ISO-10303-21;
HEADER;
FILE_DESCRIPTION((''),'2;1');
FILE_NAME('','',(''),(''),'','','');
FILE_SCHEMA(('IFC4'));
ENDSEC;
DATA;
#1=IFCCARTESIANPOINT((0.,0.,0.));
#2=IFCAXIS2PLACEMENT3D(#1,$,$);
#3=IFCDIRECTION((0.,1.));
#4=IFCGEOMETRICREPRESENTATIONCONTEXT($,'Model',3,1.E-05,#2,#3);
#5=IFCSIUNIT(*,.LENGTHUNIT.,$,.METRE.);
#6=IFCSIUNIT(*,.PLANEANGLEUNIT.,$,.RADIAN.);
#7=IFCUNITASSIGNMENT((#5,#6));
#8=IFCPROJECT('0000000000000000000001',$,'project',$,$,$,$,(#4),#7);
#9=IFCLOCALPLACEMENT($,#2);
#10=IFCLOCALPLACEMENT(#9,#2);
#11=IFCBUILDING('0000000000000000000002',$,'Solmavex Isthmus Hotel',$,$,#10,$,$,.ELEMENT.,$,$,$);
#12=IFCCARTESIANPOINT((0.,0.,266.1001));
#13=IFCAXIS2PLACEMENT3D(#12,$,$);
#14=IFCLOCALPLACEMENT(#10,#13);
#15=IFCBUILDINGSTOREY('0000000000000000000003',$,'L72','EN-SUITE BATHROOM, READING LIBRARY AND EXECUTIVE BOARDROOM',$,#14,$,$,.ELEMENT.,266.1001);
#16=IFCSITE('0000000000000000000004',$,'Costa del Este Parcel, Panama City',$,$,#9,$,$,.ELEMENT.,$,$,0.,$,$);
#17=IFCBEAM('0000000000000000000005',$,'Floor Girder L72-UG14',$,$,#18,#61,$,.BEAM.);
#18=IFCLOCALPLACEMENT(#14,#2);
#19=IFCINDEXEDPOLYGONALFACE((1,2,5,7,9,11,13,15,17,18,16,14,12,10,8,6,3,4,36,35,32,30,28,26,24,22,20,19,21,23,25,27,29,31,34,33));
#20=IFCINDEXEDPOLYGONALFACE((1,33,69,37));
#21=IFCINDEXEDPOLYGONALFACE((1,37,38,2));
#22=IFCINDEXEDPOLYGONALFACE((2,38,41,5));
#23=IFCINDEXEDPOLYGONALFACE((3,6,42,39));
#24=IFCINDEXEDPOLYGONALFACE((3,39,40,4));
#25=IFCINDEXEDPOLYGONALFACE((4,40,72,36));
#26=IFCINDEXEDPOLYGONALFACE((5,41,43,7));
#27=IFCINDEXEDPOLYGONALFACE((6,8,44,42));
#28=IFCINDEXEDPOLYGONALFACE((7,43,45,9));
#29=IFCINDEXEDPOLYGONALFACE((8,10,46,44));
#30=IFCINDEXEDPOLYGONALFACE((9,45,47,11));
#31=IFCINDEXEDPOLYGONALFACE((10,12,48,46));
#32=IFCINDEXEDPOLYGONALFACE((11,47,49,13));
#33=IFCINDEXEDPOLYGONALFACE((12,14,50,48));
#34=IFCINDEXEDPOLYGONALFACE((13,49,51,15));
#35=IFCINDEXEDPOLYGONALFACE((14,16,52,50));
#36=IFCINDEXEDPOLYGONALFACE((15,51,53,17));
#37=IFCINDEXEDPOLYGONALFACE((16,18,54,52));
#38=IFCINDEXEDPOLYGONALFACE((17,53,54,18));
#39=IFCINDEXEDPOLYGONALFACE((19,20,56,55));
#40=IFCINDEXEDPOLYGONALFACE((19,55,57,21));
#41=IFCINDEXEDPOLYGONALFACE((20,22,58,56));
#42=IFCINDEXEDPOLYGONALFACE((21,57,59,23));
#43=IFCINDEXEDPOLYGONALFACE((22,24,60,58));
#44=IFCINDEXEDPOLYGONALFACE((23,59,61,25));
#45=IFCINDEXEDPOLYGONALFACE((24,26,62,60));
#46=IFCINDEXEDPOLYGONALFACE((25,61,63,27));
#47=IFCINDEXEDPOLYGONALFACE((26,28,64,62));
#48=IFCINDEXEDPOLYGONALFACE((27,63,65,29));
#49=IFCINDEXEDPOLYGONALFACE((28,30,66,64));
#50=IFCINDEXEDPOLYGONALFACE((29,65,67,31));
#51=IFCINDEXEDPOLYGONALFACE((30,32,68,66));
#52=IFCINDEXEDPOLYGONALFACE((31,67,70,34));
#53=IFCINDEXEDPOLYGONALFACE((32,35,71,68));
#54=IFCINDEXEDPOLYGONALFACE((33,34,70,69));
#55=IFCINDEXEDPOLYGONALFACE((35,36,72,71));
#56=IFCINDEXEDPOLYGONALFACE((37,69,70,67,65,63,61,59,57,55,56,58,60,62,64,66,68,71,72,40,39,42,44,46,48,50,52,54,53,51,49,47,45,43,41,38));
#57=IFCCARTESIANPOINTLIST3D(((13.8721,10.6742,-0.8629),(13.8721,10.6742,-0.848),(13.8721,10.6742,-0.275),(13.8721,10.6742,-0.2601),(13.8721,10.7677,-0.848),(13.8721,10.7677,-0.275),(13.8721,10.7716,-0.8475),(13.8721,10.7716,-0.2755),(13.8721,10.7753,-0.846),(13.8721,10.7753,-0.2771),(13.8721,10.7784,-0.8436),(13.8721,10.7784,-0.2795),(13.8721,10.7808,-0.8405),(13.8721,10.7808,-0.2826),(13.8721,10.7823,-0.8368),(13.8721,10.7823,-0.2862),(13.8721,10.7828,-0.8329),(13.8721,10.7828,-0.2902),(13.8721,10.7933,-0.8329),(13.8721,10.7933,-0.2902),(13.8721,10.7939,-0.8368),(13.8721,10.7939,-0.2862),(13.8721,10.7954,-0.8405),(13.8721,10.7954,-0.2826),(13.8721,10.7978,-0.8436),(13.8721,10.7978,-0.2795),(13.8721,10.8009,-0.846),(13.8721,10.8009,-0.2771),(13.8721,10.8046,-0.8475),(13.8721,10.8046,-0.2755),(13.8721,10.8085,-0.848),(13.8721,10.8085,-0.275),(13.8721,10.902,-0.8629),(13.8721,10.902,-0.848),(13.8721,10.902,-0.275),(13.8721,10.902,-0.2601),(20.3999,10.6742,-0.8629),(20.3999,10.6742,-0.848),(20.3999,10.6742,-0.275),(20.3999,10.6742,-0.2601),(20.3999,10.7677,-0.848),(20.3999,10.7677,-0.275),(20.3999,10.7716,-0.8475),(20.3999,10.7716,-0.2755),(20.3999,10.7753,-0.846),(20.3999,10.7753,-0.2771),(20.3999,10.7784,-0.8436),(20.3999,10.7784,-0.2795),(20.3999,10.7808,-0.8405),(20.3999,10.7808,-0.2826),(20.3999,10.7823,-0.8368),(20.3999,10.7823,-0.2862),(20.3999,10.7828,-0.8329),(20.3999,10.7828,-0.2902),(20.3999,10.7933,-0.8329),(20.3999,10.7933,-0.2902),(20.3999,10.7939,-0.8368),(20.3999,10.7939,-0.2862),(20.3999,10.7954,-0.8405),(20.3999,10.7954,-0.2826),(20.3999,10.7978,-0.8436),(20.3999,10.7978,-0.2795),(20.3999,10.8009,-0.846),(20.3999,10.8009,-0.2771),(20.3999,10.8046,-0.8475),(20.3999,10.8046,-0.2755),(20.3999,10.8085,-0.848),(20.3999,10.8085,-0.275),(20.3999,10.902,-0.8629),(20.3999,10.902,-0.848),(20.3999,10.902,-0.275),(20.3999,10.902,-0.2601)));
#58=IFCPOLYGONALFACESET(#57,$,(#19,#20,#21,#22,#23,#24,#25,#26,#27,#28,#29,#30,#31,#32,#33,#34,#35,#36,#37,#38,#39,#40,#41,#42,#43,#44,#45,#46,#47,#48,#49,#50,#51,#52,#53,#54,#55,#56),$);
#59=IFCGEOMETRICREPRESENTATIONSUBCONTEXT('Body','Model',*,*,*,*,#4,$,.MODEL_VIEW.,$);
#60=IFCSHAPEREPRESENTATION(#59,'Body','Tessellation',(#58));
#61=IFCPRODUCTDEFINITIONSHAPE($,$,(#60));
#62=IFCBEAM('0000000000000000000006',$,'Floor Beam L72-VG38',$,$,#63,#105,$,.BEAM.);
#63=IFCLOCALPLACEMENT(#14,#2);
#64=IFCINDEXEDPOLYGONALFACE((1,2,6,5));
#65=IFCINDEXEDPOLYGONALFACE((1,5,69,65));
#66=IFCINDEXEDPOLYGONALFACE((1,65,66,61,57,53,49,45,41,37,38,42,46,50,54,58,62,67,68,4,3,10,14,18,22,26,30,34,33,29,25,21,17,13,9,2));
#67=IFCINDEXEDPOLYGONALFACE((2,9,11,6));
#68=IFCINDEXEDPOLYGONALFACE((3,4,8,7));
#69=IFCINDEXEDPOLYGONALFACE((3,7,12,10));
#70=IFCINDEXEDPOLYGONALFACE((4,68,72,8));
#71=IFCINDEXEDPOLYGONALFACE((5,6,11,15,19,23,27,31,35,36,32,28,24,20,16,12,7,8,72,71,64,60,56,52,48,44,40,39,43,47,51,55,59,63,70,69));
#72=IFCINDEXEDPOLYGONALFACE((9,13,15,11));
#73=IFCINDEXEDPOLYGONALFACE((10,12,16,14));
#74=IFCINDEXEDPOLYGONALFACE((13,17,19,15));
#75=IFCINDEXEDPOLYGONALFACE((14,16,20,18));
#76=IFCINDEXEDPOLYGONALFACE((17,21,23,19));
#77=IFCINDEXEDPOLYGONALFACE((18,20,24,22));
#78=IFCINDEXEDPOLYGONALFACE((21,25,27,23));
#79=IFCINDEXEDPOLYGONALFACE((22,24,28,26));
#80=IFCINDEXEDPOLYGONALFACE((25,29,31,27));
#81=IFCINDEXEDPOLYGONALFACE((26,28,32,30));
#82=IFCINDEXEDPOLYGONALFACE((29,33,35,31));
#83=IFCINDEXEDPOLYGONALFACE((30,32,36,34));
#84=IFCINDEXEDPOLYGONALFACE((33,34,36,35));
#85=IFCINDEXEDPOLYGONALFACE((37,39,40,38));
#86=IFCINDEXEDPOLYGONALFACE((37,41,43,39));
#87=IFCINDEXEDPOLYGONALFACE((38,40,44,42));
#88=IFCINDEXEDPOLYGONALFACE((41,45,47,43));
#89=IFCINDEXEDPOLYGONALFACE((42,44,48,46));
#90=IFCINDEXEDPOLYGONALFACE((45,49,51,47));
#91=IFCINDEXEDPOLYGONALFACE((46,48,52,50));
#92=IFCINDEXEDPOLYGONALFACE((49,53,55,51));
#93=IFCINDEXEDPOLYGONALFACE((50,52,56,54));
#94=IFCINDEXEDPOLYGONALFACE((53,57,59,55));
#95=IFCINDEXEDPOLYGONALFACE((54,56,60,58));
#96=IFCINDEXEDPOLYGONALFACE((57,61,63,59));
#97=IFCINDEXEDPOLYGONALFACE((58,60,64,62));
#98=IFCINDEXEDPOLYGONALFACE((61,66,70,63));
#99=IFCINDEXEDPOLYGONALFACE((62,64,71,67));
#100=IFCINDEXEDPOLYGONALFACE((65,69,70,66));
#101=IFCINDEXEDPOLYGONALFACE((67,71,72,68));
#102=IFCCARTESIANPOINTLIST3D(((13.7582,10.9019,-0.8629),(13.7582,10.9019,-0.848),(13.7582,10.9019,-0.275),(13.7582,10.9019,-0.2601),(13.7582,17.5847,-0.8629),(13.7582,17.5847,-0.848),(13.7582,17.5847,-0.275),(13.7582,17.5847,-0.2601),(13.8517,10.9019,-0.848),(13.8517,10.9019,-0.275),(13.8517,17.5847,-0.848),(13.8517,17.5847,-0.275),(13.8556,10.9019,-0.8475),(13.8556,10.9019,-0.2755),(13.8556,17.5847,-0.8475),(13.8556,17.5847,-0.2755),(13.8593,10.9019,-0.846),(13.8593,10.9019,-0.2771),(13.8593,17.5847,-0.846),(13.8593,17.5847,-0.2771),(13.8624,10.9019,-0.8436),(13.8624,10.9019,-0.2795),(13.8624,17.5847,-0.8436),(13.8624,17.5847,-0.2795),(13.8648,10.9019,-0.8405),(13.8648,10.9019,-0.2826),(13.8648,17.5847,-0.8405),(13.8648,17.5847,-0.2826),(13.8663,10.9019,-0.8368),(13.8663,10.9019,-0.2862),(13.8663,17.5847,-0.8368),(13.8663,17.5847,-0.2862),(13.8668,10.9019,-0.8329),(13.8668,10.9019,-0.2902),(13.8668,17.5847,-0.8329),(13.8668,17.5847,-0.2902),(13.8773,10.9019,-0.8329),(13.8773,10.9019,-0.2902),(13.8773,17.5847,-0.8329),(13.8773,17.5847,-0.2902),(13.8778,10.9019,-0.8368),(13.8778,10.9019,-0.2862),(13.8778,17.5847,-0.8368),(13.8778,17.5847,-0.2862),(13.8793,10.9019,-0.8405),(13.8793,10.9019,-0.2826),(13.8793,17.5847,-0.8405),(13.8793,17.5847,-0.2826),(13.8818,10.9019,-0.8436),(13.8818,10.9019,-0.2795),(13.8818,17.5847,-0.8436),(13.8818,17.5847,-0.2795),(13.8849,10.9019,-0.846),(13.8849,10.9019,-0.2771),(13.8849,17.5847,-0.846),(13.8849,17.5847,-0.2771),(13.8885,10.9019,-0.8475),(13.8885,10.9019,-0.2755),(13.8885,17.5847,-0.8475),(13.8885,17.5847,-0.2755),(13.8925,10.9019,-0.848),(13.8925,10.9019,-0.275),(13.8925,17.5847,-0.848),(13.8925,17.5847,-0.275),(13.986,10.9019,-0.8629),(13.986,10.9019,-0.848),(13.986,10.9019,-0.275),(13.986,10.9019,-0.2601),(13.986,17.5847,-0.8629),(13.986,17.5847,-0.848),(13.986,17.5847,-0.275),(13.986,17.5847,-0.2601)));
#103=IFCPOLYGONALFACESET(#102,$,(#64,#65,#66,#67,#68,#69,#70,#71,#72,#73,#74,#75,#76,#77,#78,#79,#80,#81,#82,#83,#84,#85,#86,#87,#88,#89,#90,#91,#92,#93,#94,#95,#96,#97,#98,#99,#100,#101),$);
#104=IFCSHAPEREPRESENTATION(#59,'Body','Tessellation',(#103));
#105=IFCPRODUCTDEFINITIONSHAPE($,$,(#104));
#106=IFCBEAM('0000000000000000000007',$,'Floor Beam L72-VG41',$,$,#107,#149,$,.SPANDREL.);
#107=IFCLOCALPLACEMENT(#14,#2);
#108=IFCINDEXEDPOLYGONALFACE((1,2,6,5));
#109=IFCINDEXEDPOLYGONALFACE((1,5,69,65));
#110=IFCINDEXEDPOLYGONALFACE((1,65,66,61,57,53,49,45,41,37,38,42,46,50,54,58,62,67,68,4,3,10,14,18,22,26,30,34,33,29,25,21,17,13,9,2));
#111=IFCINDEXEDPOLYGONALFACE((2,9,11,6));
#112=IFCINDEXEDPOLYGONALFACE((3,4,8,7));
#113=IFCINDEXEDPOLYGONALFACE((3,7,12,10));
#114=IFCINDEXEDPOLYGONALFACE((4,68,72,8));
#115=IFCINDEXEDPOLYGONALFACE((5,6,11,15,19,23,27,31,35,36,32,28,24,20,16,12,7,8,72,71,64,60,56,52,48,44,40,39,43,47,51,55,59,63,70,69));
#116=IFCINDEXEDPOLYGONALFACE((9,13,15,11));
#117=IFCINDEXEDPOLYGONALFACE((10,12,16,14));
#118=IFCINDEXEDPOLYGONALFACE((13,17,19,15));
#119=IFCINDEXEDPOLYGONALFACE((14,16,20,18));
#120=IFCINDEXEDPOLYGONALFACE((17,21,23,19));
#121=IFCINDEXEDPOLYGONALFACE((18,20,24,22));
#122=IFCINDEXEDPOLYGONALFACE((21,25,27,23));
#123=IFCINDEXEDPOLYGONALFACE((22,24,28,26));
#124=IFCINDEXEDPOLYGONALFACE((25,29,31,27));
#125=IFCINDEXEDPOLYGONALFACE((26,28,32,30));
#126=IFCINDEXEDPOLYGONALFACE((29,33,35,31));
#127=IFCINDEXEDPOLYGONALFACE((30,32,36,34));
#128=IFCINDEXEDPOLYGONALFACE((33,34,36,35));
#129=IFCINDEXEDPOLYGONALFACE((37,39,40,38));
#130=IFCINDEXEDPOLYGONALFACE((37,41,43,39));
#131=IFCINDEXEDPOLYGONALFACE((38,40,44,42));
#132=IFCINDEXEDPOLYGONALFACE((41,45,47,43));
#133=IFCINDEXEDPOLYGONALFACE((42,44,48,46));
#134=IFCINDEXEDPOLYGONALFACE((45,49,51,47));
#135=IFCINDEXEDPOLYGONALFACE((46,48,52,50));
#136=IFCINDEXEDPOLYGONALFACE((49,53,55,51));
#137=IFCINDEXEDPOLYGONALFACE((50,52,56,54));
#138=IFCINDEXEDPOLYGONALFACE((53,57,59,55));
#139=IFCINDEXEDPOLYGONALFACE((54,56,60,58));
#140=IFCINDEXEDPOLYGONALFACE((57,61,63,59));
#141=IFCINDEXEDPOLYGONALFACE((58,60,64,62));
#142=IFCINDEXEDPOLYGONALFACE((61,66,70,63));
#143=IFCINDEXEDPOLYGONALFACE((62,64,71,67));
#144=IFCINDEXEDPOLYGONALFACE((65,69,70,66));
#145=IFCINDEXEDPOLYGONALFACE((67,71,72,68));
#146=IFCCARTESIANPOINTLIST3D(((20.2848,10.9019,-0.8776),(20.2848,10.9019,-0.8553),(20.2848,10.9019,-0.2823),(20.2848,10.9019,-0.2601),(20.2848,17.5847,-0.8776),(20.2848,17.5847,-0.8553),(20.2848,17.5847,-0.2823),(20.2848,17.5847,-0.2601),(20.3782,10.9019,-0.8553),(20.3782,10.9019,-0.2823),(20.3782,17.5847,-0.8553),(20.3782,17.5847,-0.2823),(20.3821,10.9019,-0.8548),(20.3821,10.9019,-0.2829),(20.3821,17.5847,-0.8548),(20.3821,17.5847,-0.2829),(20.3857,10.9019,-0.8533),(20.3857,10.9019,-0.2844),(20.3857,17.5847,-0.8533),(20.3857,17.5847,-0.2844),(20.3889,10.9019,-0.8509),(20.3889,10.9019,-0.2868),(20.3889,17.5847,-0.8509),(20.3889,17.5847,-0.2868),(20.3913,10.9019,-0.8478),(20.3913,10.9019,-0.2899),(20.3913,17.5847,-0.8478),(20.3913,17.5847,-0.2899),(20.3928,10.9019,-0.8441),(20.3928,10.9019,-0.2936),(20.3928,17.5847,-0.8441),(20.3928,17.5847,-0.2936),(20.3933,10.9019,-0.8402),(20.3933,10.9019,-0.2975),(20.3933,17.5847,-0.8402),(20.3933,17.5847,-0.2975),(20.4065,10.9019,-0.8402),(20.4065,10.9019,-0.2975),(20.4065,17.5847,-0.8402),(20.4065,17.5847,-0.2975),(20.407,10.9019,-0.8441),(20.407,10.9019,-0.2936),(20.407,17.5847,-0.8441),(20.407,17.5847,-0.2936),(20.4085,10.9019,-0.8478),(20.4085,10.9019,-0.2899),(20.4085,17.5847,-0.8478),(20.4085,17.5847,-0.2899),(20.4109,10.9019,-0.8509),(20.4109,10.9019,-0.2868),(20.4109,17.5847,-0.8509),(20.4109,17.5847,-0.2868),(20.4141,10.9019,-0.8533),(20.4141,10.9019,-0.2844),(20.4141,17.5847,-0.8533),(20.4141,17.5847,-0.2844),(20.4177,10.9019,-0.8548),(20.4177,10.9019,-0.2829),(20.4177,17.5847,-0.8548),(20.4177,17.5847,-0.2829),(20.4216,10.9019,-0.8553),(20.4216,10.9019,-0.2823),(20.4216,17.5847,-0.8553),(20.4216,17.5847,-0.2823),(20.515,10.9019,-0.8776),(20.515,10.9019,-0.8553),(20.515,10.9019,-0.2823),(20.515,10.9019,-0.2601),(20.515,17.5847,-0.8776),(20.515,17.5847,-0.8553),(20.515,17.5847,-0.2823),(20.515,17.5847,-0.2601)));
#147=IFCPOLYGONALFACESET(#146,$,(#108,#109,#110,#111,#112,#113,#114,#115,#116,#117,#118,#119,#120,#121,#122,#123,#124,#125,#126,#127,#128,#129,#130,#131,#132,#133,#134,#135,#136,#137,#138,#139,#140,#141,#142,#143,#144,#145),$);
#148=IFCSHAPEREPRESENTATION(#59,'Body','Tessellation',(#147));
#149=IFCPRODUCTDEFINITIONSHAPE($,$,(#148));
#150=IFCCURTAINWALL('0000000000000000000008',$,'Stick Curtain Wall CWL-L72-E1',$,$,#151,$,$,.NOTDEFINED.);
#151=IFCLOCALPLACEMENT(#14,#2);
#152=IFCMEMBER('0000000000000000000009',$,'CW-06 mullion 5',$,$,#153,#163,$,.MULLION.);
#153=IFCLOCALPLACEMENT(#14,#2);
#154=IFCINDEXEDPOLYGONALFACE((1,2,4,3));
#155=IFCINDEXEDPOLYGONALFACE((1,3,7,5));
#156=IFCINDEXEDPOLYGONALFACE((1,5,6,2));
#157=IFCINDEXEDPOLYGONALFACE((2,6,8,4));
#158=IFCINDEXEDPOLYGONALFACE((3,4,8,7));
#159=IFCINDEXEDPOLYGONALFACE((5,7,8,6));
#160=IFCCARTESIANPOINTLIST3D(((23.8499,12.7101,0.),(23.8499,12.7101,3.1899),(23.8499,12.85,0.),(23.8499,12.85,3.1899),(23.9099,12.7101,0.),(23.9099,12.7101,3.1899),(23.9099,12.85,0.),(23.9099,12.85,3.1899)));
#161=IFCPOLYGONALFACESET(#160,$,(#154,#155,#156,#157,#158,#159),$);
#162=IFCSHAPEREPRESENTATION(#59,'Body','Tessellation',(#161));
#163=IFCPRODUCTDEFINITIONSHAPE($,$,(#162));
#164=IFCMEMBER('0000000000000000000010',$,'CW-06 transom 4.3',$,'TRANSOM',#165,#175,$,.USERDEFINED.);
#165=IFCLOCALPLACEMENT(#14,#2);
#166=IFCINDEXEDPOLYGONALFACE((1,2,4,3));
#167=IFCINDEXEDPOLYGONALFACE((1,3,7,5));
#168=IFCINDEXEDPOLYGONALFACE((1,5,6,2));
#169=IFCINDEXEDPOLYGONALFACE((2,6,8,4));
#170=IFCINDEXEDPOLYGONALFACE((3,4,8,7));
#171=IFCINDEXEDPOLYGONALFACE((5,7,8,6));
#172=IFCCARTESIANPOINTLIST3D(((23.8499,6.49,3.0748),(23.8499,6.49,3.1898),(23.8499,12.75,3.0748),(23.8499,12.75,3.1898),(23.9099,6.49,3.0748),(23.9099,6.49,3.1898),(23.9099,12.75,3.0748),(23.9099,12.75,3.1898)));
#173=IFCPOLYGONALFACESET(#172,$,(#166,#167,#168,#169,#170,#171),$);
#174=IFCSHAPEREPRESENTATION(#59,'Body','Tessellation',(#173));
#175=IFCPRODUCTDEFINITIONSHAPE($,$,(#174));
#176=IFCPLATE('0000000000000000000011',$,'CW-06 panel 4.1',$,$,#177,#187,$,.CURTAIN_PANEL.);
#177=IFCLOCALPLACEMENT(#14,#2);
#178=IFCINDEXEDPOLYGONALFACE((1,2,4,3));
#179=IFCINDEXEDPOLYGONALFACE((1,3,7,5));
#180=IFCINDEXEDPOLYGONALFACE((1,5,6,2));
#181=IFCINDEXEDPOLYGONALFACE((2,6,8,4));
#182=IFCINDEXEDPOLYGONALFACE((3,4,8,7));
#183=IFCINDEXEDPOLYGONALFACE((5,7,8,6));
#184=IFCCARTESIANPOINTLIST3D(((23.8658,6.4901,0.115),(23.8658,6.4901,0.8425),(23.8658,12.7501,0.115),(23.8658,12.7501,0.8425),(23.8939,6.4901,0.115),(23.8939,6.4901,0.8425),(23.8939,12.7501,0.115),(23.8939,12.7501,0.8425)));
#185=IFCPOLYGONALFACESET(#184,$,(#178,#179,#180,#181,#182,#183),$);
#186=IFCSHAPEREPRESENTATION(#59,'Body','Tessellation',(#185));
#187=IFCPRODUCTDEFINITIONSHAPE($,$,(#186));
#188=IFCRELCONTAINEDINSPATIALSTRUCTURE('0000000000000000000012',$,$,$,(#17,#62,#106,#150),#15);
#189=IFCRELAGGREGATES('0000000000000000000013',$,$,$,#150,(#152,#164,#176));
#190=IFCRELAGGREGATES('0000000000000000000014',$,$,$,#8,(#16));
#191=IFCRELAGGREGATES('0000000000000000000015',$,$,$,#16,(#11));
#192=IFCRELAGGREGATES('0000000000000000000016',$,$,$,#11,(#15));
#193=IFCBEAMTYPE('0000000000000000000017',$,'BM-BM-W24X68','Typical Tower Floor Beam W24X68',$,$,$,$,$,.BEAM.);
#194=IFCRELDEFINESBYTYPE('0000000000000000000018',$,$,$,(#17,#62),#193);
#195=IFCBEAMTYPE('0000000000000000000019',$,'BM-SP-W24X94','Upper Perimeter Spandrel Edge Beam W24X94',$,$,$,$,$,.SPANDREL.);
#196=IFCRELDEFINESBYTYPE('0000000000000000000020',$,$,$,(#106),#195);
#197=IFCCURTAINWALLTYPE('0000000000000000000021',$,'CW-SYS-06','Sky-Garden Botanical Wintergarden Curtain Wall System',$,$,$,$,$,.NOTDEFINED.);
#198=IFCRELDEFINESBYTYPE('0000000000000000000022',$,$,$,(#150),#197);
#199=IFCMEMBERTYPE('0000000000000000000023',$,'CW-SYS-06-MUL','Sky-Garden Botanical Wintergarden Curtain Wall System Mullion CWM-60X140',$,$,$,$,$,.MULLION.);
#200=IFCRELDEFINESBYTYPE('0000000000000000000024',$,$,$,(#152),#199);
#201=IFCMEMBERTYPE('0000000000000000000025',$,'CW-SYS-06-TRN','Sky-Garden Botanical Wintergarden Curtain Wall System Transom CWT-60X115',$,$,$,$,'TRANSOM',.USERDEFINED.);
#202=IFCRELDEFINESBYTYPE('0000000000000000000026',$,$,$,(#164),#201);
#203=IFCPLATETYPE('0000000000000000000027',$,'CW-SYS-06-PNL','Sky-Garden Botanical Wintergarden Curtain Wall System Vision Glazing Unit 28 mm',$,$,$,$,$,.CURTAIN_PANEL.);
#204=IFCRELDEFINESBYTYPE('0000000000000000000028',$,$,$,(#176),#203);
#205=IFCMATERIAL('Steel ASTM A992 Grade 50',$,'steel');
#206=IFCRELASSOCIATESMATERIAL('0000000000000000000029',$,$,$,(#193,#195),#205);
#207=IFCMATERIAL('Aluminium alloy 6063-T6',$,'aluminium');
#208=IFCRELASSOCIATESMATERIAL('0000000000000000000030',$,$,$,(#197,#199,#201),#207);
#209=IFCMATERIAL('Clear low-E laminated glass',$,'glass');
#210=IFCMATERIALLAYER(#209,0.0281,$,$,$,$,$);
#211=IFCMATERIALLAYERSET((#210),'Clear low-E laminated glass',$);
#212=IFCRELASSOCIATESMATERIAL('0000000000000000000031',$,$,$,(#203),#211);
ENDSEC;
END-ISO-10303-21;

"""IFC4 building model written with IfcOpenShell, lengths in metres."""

from ifc_helpers import new_model, si_unit, direction, frame, origin, origin_2d, place, context, subcontext, project, spatial, rectangle, i_section, extrude, material, layer, layer_set, material_profile, profile_set, type_object, element, aggregate, save


model = new_model("IFC4")

# Units and contexts
model_context = context("Model", 3, precision=1e-05, world=origin(), true_north=direction((0.0, 1.0)))
body_context = subcontext(model_context, "Body", "Model", "MODEL_VIEW")
ifc_project = project(units=[si_unit("LENGTHUNIT", "METRE"), si_unit("PLANEANGLEUNIT", "RADIAN")], contexts=[model_context])

# Site, building, storey
site_placement = place(None, origin())
site = spatial("IfcSite", under=ifc_project, at=site_placement, Name="Costa del Este Parcel, Panama City", CompositionType="ELEMENT", RefElevation=0.0)
building_placement = place(site_placement, origin())
building = spatial("IfcBuilding", under=site, at=building_placement, Name="Solmavex Isthmus Hotel", CompositionType="ELEMENT")
storey_placement = place(building_placement, frame((0.0, 0.0, 266.1001)))
storey = spatial("IfcBuildingStorey", under=building, at=storey_placement, Name="L72", Description="EN-SUITE BATHROOM, READING LIBRARY AND EXECUTIVE BOARDROOM", CompositionType="ELEMENT", Elevation=266.1001)

# Beams
ifc_material_1 = material(Name="Steel ASTM A992 Grade 50", Category="steel")
ifc_material_profile_1 = material_profile(ifc_material_1, i_section(OverallWidth=0.2278, OverallDepth=0.6028, WebThickness=0.0105, FlangeThickness=0.0149, FilletRadius=0.0151, at=origin_2d()), Name="W24X68")
ifc_profile_set_1 = profile_set([ifc_material_profile_1], Name="Steel ASTM A992 Grade 50")
beam_type_1 = type_object("IfcBeamType", Name="BM-BM-W24X68", Description="Typical Tower Floor Beam W24X68", PredefinedType="BEAM", material=ifc_profile_set_1)
beam_1_placement = place(storey_placement, frame((13.8721, 10.7881, -0.5615), z_axis=(1.0, 0.0, 0.0), x_axis=(0.0, 1.0, 0.0)))
element("IfcBeam", 1, at=beam_1_placement, inside=storey, type_object=beam_type_1, Name="Floor Girder L72-UG14", PredefinedType="BEAM", context=body_context, shape_type="SweptSolid", body=[
    extrude(i_section(OverallWidth=0.2278, OverallDepth=0.6028, WebThickness=0.0105, FlangeThickness=0.0149, FilletRadius=0.0151, at=origin_2d()), origin(), (0.0, 0.0, 1.0), 6.5278),
])
beam_2_placement = place(storey_placement, frame((13.8721, 10.9019, -0.5615), z_axis=(0.0, 1.0, 0.0), x_axis=(-1.0, 0.0, 0.0)))
element("IfcBeam", 2, at=beam_2_placement, inside=storey, type_object=beam_type_1, Name="Floor Beam L72-VG38", PredefinedType="BEAM", context=body_context, shape_type="SweptSolid", body=[
    extrude(i_section(OverallWidth=0.2278, OverallDepth=0.6028, WebThickness=0.0105, FlangeThickness=0.0149, FilletRadius=0.0151, at=origin_2d()), origin(), (0.0, 0.0, 1.0), 6.6829),
])
ifc_material_profile_2 = material_profile(ifc_material_1, i_section(OverallWidth=0.2302, OverallDepth=0.6174, WebThickness=0.0132, FlangeThickness=0.0222, FilletRadius=0.0151, at=origin_2d()), Name="W24X94")
ifc_profile_set_2 = profile_set([ifc_material_profile_2], Name="Steel ASTM A992 Grade 50")
beam_type_2 = type_object("IfcBeamType", Name="BM-SP-W24X94", Description="Upper Perimeter Spandrel Edge Beam W24X94", PredefinedType="SPANDREL", material=ifc_profile_set_2)
beam_3_placement = place(storey_placement, frame((20.3999, 10.9019, -0.5688), z_axis=(0.0, 1.0, 0.0), x_axis=(-1.0, 0.0, 0.0)))
element("IfcBeam", 3, at=beam_3_placement, inside=storey, type_object=beam_type_2, Name="Floor Beam L72-VG41", PredefinedType="SPANDREL", context=body_context, shape_type="SweptSolid", body=[
    extrude(i_section(OverallWidth=0.2302, OverallDepth=0.6174, WebThickness=0.0132, FlangeThickness=0.0222, FilletRadius=0.0151, at=origin_2d()), origin(), (0.0, 0.0, 1.0), 6.6829),
])

# Curtain wall, members, plate
ifc_material_2 = material(Name="Aluminium alloy 6063-T6", Category="aluminium")
curtain_wall_type = type_object("IfcCurtainWallType", Name="CW-SYS-06", Description="Sky-Garden Botanical Wintergarden Curtain Wall System", PredefinedType="NOTDEFINED", material=ifc_material_2)
curtain_wall_placement = place(storey_placement, origin())
curtain_wall = element("IfcCurtainWall", 4, at=curtain_wall_placement, inside=storey, type_object=curtain_wall_type, Name="Stick Curtain Wall CWL-L72-E1", PredefinedType="NOTDEFINED")
ifc_material_profile_3 = material_profile(ifc_material_2, rectangle(XDim=0.0601, YDim=0.1399, at=origin_2d()), Name="CWM-60X140")
ifc_profile_set_3 = profile_set([ifc_material_profile_3], Name="Aluminium alloy 6063-T6")
member_type_1 = type_object("IfcMemberType", Name="CW-SYS-06-MUL", Description="Sky-Garden Botanical Wintergarden Curtain Wall System Mullion CWM-60X140", PredefinedType="MULLION", material=ifc_profile_set_3)
member_1_placement = place(storey_placement, frame((23.8799, 12.78, 0.0), z_axis=(0.0, 0.0, 1.0), x_axis=(-1.0, 0.0, 0.0)))
member_1 = element("IfcMember", 5, at=member_1_placement, type_object=member_type_1, Name="CW-06 mullion 5", PredefinedType="MULLION", context=body_context, shape_type="SweptSolid", body=[
    extrude(rectangle(XDim=0.0601, YDim=0.1399, at=origin_2d()), origin(), (0.0, 0.0, 1.0), 3.1899),
])
ifc_material_profile_4 = material_profile(ifc_material_2, rectangle(XDim=0.0601, YDim=0.115, at=origin_2d()), Name="CWT-60X115")
ifc_profile_set_4 = profile_set([ifc_material_profile_4], Name="Aluminium alloy 6063-T6")
member_type_2 = type_object("IfcMemberType", Name="CW-SYS-06-TRN", Description="Sky-Garden Botanical Wintergarden Curtain Wall System Transom CWT-60X115", ElementType="TRANSOM", PredefinedType="USERDEFINED", material=ifc_profile_set_4)
member_2_placement = place(storey_placement, frame((23.8799, 6.49, 3.1323), z_axis=(0.0, 1.0, 0.0), x_axis=(-1.0, 0.0, 0.0)))
member_2 = element("IfcMember", 6, at=member_2_placement, type_object=member_type_2, Name="CW-06 transom 4.3", ObjectType="TRANSOM", PredefinedType="USERDEFINED", context=body_context, shape_type="SweptSolid", body=[
    extrude(rectangle(XDim=0.0601, YDim=0.115, at=origin_2d()), origin(), (0.0, 0.0, 1.0), 6.26),
])
ifc_material_3 = material(Name="Clear low-E laminated glass", Category="glass")
ifc_layer_1 = layer(ifc_material_3, 0.0281)
ifc_layer_set_1 = layer_set([ifc_layer_1], Name="Clear low-E laminated glass")
plate_type = type_object("IfcPlateType", Name="CW-SYS-06-PNL", Description="Sky-Garden Botanical Wintergarden Curtain Wall System Vision Glazing Unit 28 mm", PredefinedType="CURTAIN_PANEL", material=ifc_layer_set_1)
plate_1_placement = place(storey_placement, frame((23.8799, 9.6201, 0.115), z_axis=(0.0, 0.0, 1.0), x_axis=(0.0, 1.0, 0.0)))
plate_1 = element("IfcPlate", 7, at=plate_1_placement, type_object=plate_type, Name="CW-06 panel 4.1", PredefinedType="CURTAIN_PANEL", context=body_context, shape_type="SweptSolid", body=[
    extrude(rectangle(XDim=6.26, YDim=0.0281, at=origin_2d()), origin(), (0.0, 0.0, 1.0), 0.7275),
])
aggregate(curtain_wall, [member_1, member_2, plate_1])

save(model, "model.ifc")
